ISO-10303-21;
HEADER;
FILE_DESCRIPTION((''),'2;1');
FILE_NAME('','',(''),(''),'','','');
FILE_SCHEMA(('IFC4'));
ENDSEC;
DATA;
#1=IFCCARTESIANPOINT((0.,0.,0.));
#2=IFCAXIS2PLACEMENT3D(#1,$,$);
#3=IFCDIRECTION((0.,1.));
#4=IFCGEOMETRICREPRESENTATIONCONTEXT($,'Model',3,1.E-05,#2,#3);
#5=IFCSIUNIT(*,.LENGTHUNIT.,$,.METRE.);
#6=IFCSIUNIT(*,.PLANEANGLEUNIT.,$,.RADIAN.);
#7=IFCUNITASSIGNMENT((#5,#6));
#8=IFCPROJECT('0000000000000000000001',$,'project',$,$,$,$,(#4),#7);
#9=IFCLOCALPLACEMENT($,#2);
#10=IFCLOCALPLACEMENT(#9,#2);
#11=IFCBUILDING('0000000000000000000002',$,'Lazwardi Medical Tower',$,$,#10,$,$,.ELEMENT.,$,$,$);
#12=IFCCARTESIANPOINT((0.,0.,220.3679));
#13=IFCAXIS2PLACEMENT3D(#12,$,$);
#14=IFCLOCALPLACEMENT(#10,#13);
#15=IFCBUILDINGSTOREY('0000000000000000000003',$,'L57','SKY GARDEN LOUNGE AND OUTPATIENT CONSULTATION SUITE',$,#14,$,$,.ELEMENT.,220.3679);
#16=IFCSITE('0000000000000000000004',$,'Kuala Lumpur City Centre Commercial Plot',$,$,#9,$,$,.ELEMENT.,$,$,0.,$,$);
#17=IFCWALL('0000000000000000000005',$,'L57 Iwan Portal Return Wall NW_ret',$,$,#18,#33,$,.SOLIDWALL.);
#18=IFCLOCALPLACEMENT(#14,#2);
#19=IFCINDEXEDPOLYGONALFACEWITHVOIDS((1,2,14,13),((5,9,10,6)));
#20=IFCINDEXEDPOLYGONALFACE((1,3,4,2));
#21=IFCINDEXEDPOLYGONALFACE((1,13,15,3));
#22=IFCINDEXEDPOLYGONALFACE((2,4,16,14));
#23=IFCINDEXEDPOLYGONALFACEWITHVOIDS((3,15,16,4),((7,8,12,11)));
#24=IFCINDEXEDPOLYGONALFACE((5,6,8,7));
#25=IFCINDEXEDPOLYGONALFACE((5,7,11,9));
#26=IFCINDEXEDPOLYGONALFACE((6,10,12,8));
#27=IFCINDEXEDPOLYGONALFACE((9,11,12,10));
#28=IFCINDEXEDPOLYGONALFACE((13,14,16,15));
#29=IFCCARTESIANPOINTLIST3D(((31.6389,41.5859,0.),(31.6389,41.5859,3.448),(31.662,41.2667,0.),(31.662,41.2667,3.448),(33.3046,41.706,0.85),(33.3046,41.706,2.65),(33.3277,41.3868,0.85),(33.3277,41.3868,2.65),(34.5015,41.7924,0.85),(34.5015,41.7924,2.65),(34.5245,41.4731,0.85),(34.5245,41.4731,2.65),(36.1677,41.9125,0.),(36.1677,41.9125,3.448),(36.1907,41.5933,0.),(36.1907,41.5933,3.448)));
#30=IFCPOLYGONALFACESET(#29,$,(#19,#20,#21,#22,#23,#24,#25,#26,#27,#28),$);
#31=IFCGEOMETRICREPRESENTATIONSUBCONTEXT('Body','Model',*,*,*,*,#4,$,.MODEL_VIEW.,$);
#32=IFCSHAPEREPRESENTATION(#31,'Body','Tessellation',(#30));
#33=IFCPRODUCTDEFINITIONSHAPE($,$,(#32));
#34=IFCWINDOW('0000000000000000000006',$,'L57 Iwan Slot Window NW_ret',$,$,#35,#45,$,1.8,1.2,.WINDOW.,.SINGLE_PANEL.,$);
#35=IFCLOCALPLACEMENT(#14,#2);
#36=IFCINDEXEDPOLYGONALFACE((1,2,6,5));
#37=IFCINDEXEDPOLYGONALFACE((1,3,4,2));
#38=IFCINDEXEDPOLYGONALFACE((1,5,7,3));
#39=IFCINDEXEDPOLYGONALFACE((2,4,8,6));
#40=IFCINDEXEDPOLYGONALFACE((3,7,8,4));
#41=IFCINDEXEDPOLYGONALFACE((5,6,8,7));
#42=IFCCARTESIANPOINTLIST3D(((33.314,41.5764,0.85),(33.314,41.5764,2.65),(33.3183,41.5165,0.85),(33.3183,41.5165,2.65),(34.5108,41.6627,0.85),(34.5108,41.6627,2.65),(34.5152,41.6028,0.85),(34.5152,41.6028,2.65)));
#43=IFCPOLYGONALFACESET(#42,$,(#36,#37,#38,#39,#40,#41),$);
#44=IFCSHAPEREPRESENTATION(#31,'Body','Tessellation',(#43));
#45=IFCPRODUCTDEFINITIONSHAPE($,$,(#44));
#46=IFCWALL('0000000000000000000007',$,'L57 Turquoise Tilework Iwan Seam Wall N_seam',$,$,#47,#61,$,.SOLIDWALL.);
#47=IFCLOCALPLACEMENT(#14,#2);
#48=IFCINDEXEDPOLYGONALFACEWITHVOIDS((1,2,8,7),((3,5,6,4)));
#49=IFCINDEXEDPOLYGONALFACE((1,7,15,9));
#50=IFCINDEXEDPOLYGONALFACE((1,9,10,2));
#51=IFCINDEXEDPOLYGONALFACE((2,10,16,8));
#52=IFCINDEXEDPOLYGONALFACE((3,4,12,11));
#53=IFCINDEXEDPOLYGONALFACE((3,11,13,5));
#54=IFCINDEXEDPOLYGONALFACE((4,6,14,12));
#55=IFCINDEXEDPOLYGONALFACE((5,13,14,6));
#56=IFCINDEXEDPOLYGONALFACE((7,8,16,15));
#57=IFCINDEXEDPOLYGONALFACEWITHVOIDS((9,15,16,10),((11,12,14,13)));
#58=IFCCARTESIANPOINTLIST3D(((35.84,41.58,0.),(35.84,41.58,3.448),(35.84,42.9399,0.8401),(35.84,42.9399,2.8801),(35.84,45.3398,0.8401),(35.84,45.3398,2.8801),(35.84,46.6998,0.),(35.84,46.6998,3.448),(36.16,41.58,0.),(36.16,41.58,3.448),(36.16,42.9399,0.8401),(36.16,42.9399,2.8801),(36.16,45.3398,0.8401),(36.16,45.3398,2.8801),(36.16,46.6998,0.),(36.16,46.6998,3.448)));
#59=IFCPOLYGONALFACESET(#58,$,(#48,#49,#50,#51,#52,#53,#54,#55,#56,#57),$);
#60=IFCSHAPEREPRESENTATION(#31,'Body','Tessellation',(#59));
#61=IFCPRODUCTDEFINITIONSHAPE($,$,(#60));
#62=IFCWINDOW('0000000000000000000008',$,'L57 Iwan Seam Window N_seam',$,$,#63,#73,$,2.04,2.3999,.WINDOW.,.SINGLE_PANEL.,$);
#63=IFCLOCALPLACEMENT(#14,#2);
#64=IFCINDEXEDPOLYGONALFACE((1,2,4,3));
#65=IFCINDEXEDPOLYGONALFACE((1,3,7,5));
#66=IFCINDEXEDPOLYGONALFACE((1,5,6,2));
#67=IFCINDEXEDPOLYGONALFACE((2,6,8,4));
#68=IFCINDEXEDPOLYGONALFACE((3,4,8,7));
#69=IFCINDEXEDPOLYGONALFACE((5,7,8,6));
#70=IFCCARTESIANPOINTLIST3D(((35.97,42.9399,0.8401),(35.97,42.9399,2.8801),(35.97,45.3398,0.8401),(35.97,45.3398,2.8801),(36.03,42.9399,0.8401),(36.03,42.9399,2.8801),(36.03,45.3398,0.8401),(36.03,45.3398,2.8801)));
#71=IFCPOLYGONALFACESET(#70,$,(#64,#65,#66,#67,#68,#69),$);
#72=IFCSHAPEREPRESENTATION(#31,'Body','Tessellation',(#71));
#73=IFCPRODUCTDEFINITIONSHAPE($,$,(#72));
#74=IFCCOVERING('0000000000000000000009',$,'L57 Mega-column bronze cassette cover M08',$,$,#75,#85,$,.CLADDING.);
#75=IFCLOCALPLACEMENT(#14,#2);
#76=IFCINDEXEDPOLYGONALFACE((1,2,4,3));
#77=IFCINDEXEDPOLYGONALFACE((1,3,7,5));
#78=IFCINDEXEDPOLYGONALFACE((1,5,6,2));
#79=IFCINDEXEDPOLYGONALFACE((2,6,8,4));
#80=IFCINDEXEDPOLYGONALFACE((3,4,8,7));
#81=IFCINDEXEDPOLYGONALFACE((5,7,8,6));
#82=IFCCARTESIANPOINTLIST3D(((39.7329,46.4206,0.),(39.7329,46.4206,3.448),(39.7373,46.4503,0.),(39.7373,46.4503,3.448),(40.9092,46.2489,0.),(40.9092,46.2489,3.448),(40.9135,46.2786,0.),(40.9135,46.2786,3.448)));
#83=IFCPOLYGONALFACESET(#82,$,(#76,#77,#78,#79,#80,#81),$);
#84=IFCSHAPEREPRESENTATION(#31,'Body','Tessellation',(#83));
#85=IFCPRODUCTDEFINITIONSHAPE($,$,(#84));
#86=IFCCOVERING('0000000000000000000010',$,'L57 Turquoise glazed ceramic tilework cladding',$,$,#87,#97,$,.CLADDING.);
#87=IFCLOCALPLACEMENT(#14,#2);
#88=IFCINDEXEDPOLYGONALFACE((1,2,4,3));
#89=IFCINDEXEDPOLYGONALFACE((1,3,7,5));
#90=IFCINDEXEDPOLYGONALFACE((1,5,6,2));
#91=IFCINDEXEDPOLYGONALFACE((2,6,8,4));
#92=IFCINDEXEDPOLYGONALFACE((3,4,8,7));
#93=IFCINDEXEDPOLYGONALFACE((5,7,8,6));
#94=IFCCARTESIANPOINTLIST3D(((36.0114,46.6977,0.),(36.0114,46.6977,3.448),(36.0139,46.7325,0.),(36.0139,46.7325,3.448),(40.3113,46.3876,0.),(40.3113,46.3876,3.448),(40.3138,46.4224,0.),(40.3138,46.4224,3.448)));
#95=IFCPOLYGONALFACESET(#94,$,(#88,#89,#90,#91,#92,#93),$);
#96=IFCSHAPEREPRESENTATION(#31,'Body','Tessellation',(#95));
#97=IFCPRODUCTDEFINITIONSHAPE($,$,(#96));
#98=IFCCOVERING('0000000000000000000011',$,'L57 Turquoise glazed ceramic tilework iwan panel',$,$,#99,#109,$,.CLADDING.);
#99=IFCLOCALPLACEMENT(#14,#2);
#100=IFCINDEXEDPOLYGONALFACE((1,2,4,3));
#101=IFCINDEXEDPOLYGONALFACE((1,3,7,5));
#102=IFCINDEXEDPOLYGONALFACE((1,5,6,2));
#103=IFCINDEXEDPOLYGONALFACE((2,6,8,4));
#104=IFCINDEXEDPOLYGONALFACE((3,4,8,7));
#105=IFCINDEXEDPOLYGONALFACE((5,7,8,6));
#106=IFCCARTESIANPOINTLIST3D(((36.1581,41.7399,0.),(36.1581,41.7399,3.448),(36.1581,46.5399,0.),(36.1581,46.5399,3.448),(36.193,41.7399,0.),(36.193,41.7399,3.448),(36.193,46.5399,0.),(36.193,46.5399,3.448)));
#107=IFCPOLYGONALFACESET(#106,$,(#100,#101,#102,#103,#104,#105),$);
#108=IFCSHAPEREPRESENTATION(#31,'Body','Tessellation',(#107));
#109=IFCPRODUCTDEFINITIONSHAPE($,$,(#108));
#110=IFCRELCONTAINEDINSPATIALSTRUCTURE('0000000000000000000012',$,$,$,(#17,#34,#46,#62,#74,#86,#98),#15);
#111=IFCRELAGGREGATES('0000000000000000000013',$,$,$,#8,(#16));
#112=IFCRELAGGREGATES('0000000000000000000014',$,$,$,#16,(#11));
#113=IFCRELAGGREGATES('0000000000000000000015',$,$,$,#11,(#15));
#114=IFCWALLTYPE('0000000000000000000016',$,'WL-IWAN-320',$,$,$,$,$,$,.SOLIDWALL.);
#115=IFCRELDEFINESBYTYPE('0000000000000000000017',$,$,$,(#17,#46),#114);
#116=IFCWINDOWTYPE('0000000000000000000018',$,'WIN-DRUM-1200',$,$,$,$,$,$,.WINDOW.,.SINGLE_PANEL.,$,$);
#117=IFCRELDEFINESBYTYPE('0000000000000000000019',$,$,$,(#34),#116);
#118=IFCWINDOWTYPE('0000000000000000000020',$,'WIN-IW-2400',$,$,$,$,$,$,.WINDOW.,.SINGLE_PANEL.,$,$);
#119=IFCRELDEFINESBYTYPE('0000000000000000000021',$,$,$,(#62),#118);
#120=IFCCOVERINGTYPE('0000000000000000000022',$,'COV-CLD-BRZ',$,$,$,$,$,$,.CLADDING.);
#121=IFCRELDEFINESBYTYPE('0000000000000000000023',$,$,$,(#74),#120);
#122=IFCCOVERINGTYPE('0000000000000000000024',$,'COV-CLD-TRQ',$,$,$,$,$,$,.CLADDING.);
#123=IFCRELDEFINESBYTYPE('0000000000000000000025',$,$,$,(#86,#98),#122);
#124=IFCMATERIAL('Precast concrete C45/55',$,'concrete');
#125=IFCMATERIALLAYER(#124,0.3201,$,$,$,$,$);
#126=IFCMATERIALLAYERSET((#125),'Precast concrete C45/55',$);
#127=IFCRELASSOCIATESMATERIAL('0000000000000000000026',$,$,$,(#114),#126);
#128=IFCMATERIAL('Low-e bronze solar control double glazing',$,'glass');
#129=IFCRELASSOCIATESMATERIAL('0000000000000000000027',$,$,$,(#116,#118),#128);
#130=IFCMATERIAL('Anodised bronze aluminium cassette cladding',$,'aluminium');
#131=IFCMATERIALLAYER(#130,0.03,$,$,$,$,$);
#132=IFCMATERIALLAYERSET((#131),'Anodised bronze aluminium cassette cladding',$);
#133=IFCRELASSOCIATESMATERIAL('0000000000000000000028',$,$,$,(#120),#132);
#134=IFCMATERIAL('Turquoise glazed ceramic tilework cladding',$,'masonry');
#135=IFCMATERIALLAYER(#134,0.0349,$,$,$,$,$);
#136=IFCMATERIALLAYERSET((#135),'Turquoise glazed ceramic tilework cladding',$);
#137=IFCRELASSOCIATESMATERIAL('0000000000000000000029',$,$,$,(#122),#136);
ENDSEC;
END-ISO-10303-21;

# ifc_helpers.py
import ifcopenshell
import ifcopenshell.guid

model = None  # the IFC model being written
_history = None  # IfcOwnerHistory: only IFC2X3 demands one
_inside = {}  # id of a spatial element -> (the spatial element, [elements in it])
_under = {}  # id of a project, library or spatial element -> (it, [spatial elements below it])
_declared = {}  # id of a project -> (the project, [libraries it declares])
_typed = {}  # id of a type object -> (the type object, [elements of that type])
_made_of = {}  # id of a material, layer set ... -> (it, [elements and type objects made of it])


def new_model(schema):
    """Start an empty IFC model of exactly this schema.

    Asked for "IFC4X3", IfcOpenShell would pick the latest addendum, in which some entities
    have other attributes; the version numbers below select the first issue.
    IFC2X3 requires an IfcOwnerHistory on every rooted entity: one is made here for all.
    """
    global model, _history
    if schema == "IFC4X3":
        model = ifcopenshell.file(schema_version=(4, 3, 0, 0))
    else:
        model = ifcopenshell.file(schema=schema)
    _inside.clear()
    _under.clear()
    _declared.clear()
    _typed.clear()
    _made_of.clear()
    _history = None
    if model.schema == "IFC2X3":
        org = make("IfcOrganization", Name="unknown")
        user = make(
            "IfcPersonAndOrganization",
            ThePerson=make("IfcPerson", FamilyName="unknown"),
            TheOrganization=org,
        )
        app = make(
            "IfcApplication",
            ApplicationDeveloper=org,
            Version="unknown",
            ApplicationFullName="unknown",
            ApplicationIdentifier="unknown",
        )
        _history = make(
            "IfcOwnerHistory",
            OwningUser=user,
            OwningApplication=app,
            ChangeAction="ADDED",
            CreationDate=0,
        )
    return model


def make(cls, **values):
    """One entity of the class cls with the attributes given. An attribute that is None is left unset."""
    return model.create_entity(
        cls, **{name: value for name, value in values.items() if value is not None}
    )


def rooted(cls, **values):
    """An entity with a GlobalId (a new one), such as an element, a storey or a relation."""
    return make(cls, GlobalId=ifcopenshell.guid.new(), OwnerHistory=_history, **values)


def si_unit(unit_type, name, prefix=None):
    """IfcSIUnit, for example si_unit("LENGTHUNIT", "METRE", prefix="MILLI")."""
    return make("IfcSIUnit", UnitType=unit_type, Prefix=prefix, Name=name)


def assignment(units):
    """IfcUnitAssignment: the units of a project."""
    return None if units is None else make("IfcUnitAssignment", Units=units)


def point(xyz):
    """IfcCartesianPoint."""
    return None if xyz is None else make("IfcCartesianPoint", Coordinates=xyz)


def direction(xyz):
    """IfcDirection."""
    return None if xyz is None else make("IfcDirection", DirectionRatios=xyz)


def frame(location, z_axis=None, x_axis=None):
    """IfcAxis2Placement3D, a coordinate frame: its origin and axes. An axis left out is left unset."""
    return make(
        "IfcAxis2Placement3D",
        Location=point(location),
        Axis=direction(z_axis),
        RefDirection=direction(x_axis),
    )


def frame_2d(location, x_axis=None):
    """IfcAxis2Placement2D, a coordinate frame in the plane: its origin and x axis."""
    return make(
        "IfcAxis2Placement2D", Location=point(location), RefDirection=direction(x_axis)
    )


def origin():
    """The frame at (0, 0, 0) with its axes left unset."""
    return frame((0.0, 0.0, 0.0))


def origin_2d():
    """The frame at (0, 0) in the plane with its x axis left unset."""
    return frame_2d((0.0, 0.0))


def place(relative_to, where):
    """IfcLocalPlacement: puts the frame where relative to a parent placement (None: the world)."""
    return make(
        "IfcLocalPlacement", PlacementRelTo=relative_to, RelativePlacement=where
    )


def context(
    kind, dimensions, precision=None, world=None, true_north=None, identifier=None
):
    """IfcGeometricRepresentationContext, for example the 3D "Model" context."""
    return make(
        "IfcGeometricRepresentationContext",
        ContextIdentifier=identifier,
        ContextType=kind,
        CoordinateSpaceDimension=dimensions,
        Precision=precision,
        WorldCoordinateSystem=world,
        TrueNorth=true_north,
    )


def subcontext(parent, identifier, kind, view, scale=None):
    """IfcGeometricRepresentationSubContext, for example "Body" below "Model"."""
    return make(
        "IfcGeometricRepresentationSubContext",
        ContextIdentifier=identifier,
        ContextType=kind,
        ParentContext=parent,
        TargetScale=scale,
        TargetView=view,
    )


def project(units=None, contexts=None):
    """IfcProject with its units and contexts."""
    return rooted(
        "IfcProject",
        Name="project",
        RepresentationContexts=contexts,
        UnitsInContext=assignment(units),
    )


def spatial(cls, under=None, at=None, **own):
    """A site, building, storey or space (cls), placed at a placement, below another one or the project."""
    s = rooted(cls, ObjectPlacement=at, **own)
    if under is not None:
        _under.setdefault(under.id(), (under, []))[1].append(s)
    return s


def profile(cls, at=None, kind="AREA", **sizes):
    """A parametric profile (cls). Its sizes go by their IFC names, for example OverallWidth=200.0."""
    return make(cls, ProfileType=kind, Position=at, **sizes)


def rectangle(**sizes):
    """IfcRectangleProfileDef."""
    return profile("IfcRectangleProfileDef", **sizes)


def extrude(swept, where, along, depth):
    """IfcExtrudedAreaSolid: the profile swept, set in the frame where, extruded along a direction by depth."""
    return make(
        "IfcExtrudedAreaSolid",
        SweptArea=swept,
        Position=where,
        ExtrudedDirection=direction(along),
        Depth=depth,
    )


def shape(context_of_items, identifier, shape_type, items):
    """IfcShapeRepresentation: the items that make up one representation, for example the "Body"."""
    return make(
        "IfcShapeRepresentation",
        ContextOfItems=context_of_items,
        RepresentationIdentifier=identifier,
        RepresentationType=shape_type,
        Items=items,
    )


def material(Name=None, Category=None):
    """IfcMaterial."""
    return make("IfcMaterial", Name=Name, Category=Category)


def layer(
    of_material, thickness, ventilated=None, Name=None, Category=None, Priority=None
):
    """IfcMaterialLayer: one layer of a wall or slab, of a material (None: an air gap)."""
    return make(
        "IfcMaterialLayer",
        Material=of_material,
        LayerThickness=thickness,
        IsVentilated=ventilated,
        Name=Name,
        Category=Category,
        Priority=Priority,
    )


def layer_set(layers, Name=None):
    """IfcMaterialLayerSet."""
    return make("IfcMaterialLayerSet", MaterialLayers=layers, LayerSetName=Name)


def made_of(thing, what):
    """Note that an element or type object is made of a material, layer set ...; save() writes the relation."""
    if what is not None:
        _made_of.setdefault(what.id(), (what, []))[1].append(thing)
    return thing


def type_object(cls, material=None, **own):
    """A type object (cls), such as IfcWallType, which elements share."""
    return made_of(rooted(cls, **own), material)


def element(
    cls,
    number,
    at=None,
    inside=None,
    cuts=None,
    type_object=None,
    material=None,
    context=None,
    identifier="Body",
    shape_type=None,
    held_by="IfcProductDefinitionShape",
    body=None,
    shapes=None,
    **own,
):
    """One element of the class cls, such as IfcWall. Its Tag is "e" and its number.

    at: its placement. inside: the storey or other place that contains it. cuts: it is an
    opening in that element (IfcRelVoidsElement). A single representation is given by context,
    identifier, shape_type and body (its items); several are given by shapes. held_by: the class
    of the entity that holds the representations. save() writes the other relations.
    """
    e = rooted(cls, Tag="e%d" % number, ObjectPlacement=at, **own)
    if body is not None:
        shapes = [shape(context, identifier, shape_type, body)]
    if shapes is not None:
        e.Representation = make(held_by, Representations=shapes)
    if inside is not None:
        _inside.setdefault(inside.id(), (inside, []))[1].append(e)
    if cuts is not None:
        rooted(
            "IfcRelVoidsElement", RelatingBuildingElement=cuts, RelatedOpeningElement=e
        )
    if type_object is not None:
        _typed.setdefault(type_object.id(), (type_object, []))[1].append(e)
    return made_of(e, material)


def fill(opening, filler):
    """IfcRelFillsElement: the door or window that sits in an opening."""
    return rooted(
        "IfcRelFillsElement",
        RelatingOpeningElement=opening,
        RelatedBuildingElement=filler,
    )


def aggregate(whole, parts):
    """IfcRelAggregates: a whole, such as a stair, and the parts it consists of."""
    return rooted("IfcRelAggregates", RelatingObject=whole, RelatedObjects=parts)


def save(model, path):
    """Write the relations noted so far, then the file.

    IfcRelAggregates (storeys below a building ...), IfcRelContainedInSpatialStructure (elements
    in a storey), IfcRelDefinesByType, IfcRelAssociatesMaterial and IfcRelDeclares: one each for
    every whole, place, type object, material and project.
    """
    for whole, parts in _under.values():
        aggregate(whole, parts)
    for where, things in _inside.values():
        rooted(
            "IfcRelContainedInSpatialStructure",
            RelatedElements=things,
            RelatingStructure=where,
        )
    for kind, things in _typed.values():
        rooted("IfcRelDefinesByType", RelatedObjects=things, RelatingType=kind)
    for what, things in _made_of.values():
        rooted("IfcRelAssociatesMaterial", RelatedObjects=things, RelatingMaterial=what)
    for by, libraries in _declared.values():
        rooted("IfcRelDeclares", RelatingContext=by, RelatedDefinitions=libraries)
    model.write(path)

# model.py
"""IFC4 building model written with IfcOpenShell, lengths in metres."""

from ifc_helpers import new_model, si_unit, direction, frame, frame_2d, origin, origin_2d, place, context, subcontext, project, spatial, rectangle, extrude, material, layer, layer_set, type_object, element, fill, save


model = new_model("IFC4")

# Units and contexts
model_context = context("Model", 3, precision=1e-05, world=origin(), true_north=direction((0.0, 1.0)))
body_context = subcontext(model_context, "Body", "Model", "MODEL_VIEW")
ifc_project = project(units=[si_unit("LENGTHUNIT", "METRE"), si_unit("PLANEANGLEUNIT", "RADIAN")], contexts=[model_context])

# Site, building, storey
site_placement = place(None, origin())
site = spatial("IfcSite", under=ifc_project, at=site_placement, Name="Kuala Lumpur City Centre Commercial Plot", CompositionType="ELEMENT", RefElevation=0.0)
building_placement = place(site_placement, origin())
building = spatial("IfcBuilding", under=site, at=building_placement, Name="Lazwardi Medical Tower", CompositionType="ELEMENT")
storey_placement = place(building_placement, frame((0.0, 0.0, 220.3679)))
storey = spatial("IfcBuildingStorey", under=building, at=storey_placement, Name="L57", Description="SKY GARDEN LOUNGE AND OUTPATIENT CONSULTATION SUITE", CompositionType="ELEMENT", Elevation=220.3679)

# Shared definitions
ifc_material_1 = material(Name="Low-e bronze solar control double glazing", Category="glass")

# Walls, openings, windows
ifc_material_2 = material(Name="Precast concrete C45/55", Category="concrete")
ifc_layer_1 = layer(ifc_material_2, 0.3201)
ifc_layer_set_1 = layer_set([ifc_layer_1], Name="Precast concrete C45/55")
wall_type = type_object("IfcWallType", Name="WL-IWAN-320", PredefinedType="SOLIDWALL", material=ifc_layer_set_1)
wall_1_placement = place(storey_placement, frame((36.1792, 41.7529, 0.0), z_axis=(0.0, 0.0, 1.0), x_axis=(-0.997409, -0.071942, 0.0)))
wall_1 = element("IfcWall", 1, at=wall_1_placement, inside=storey, type_object=wall_type, Name="L57 Iwan Portal Return Wall NW_ret", PredefinedType="SOLIDWALL", context=body_context, shape_type="SweptSolid", body=[
    extrude(rectangle(XDim=4.5405, YDim=0.3201, at=frame_2d((2.2703, 0.0))), origin(), (0.0, 0.0, 1.0), 3.448),
])
opening_1_placement = place(wall_1_placement, frame((1.6704, 0.0, 0.8501)))
opening_1 = element("IfcOpeningElement", 2, at=opening_1_placement, cuts=wall_1, PredefinedType="OPENING", context=body_context, shape_type="SweptSolid", body=[
    extrude(rectangle(XDim=1.2, YDim=1.8, at=frame_2d((0.6001, 0.8999))), frame((0.0, 0.1699, 0.0), z_axis=(0.0, -1.0, 0.0), x_axis=(1.0, 0.0, 0.0)), (0.0, 0.0, 1.0), 0.3401),
])
window_type_1 = type_object("IfcWindowType", Name="WIN-DRUM-1200", PartitioningType="SINGLE_PANEL", PredefinedType="WINDOW", material=ifc_material_1)
window_1_placement = place(opening_1_placement, origin())
window_1 = element("IfcWindow", 3, at=window_1_placement, inside=storey, type_object=window_type_1, Name="L57 Iwan Slot Window NW_ret", OverallHeight=1.8, OverallWidth=1.2, PartitioningType="SINGLE_PANEL", PredefinedType="WINDOW", context=body_context, shape_type="SweptSolid", body=[
    extrude(rectangle(XDim=1.2, YDim=1.8, at=frame_2d((0.6001, 0.8999))), frame((0.0, 0.03, 0.0), z_axis=(0.0, -1.0, 0.0), x_axis=(1.0, 0.0, 0.0)), (0.0, 0.0, 1.0), 0.0601),
])
fill(opening_1, window_1)
wall_2_placement = place(storey_placement, frame((36.0, 46.7, 0.0), z_axis=(0.0, 0.0, 1.0), x_axis=(0.0, -1.0, 0.0)))
wall_2 = element("IfcWall", 4, at=wall_2_placement, inside=storey, type_object=wall_type, Name="L57 Turquoise Tilework Iwan Seam Wall N_seam", PredefinedType="SOLIDWALL", context=body_context, shape_type="SweptSolid", body=[
    extrude(rectangle(XDim=5.1199, YDim=0.3201, at=frame_2d((2.5601, 0.0))), origin(), (0.0, 0.0, 1.0), 3.448),
])
opening_2_placement = place(wall_2_placement, frame((1.3601, 0.0, 0.8401)))
opening_2 = element("IfcOpeningElement", 5, at=opening_2_placement, cuts=wall_2, PredefinedType="OPENING", context=body_context, shape_type="SweptSolid", body=[
    extrude(rectangle(XDim=2.3999, YDim=2.04, at=frame_2d((1.2, 1.02))), frame((0.0, 0.1699, 0.0), z_axis=(0.0, -1.0, 0.0), x_axis=(1.0, 0.0, 0.0)), (0.0, 0.0, 1.0), 0.3401),
])
window_type_2 = type_object("IfcWindowType", Name="WIN-IW-2400", PartitioningType="SINGLE_PANEL", PredefinedType="WINDOW", material=ifc_material_1)
window_2_placement = place(opening_2_placement, origin())
window_2 = element("IfcWindow", 6, at=window_2_placement, inside=storey, type_object=window_type_2, Name="L57 Iwan Seam Window N_seam", OverallHeight=2.04, OverallWidth=2.3999, PartitioningType="SINGLE_PANEL", PredefinedType="WINDOW", context=body_context, shape_type="SweptSolid", body=[
    extrude(rectangle(XDim=2.3999, YDim=2.04, at=frame_2d((1.2, 1.02))), frame((0.0, 0.03, 0.0), z_axis=(0.0, -1.0, 0.0), x_axis=(1.0, 0.0, 0.0)), (0.0, 0.0, 1.0), 0.0601),
])
fill(opening_2, window_2)

# Coverings
ifc_material_3 = material(Name="Anodised bronze aluminium cassette cladding", Category="aluminium")
ifc_layer_2 = layer(ifc_material_3, 0.03)
ifc_layer_set_2 = layer_set([ifc_layer_2], Name="Anodised bronze aluminium cassette cladding")
covering_type_1 = type_object("IfcCoveringType", Name="COV-CLD-BRZ", PredefinedType="CLADDING", material=ifc_layer_set_2)
covering_1_placement = place(storey_placement, frame((40.3232, 46.3496, 0.0), z_axis=(0.0, 0.0, 1.0), x_axis=(-0.989512, 0.144448, 0.0)))
element("IfcCovering", 7, at=covering_1_placement, inside=storey, type_object=covering_type_1, Name="L57 Mega-column bronze cassette cover M08", PredefinedType="CLADDING", context=body_context, shape_type="SweptSolid", body=[
    extrude(rectangle(XDim=1.1887, YDim=0.03, at=origin_2d()), origin(), (0.0, 0.0, 1.0), 3.448),
])
ifc_material_4 = material(Name="Turquoise glazed ceramic tilework cladding", Category="masonry")
ifc_layer_3 = layer(ifc_material_4, 0.0349)
ifc_layer_set_3 = layer_set([ifc_layer_3], Name="Turquoise glazed ceramic tilework cladding")
covering_type_2 = type_object("IfcCoveringType", Name="COV-CLD-TRQ", PredefinedType="CLADDING", material=ifc_layer_set_3)
covering_2_placement = place(storey_placement, frame((38.1626, 46.5601, 0.0), z_axis=(0.0, 0.0, 1.0), x_axis=(-0.997409, 0.071933, 0.0)))
element("IfcCovering", 8, at=covering_2_placement, inside=storey, type_object=covering_type_2, Name="L57 Turquoise glazed ceramic tilework cladding", PredefinedType="CLADDING", context=body_context, shape_type="SweptSolid", body=[
    extrude(rectangle(XDim=4.311, YDim=0.0349, at=origin_2d()), origin(), (0.0, 0.0, 1.0), 3.448),
])
covering_3_placement = place(storey_placement, frame((36.1755, 44.1399, 0.0), z_axis=(0.0, 0.0, 1.0), x_axis=(0.0, -1.0, 0.0)))
element("IfcCovering", 9, at=covering_3_placement, inside=storey, type_object=covering_type_2, Name="L57 Turquoise glazed ceramic tilework iwan panel", PredefinedType="CLADDING", context=body_context, shape_type="SweptSolid", body=[
    extrude(rectangle(XDim=4.8, YDim=0.0349, at=origin_2d()), origin(), (0.0, 0.0, 1.0), 3.448),
])

save(model, "model.ifc")
